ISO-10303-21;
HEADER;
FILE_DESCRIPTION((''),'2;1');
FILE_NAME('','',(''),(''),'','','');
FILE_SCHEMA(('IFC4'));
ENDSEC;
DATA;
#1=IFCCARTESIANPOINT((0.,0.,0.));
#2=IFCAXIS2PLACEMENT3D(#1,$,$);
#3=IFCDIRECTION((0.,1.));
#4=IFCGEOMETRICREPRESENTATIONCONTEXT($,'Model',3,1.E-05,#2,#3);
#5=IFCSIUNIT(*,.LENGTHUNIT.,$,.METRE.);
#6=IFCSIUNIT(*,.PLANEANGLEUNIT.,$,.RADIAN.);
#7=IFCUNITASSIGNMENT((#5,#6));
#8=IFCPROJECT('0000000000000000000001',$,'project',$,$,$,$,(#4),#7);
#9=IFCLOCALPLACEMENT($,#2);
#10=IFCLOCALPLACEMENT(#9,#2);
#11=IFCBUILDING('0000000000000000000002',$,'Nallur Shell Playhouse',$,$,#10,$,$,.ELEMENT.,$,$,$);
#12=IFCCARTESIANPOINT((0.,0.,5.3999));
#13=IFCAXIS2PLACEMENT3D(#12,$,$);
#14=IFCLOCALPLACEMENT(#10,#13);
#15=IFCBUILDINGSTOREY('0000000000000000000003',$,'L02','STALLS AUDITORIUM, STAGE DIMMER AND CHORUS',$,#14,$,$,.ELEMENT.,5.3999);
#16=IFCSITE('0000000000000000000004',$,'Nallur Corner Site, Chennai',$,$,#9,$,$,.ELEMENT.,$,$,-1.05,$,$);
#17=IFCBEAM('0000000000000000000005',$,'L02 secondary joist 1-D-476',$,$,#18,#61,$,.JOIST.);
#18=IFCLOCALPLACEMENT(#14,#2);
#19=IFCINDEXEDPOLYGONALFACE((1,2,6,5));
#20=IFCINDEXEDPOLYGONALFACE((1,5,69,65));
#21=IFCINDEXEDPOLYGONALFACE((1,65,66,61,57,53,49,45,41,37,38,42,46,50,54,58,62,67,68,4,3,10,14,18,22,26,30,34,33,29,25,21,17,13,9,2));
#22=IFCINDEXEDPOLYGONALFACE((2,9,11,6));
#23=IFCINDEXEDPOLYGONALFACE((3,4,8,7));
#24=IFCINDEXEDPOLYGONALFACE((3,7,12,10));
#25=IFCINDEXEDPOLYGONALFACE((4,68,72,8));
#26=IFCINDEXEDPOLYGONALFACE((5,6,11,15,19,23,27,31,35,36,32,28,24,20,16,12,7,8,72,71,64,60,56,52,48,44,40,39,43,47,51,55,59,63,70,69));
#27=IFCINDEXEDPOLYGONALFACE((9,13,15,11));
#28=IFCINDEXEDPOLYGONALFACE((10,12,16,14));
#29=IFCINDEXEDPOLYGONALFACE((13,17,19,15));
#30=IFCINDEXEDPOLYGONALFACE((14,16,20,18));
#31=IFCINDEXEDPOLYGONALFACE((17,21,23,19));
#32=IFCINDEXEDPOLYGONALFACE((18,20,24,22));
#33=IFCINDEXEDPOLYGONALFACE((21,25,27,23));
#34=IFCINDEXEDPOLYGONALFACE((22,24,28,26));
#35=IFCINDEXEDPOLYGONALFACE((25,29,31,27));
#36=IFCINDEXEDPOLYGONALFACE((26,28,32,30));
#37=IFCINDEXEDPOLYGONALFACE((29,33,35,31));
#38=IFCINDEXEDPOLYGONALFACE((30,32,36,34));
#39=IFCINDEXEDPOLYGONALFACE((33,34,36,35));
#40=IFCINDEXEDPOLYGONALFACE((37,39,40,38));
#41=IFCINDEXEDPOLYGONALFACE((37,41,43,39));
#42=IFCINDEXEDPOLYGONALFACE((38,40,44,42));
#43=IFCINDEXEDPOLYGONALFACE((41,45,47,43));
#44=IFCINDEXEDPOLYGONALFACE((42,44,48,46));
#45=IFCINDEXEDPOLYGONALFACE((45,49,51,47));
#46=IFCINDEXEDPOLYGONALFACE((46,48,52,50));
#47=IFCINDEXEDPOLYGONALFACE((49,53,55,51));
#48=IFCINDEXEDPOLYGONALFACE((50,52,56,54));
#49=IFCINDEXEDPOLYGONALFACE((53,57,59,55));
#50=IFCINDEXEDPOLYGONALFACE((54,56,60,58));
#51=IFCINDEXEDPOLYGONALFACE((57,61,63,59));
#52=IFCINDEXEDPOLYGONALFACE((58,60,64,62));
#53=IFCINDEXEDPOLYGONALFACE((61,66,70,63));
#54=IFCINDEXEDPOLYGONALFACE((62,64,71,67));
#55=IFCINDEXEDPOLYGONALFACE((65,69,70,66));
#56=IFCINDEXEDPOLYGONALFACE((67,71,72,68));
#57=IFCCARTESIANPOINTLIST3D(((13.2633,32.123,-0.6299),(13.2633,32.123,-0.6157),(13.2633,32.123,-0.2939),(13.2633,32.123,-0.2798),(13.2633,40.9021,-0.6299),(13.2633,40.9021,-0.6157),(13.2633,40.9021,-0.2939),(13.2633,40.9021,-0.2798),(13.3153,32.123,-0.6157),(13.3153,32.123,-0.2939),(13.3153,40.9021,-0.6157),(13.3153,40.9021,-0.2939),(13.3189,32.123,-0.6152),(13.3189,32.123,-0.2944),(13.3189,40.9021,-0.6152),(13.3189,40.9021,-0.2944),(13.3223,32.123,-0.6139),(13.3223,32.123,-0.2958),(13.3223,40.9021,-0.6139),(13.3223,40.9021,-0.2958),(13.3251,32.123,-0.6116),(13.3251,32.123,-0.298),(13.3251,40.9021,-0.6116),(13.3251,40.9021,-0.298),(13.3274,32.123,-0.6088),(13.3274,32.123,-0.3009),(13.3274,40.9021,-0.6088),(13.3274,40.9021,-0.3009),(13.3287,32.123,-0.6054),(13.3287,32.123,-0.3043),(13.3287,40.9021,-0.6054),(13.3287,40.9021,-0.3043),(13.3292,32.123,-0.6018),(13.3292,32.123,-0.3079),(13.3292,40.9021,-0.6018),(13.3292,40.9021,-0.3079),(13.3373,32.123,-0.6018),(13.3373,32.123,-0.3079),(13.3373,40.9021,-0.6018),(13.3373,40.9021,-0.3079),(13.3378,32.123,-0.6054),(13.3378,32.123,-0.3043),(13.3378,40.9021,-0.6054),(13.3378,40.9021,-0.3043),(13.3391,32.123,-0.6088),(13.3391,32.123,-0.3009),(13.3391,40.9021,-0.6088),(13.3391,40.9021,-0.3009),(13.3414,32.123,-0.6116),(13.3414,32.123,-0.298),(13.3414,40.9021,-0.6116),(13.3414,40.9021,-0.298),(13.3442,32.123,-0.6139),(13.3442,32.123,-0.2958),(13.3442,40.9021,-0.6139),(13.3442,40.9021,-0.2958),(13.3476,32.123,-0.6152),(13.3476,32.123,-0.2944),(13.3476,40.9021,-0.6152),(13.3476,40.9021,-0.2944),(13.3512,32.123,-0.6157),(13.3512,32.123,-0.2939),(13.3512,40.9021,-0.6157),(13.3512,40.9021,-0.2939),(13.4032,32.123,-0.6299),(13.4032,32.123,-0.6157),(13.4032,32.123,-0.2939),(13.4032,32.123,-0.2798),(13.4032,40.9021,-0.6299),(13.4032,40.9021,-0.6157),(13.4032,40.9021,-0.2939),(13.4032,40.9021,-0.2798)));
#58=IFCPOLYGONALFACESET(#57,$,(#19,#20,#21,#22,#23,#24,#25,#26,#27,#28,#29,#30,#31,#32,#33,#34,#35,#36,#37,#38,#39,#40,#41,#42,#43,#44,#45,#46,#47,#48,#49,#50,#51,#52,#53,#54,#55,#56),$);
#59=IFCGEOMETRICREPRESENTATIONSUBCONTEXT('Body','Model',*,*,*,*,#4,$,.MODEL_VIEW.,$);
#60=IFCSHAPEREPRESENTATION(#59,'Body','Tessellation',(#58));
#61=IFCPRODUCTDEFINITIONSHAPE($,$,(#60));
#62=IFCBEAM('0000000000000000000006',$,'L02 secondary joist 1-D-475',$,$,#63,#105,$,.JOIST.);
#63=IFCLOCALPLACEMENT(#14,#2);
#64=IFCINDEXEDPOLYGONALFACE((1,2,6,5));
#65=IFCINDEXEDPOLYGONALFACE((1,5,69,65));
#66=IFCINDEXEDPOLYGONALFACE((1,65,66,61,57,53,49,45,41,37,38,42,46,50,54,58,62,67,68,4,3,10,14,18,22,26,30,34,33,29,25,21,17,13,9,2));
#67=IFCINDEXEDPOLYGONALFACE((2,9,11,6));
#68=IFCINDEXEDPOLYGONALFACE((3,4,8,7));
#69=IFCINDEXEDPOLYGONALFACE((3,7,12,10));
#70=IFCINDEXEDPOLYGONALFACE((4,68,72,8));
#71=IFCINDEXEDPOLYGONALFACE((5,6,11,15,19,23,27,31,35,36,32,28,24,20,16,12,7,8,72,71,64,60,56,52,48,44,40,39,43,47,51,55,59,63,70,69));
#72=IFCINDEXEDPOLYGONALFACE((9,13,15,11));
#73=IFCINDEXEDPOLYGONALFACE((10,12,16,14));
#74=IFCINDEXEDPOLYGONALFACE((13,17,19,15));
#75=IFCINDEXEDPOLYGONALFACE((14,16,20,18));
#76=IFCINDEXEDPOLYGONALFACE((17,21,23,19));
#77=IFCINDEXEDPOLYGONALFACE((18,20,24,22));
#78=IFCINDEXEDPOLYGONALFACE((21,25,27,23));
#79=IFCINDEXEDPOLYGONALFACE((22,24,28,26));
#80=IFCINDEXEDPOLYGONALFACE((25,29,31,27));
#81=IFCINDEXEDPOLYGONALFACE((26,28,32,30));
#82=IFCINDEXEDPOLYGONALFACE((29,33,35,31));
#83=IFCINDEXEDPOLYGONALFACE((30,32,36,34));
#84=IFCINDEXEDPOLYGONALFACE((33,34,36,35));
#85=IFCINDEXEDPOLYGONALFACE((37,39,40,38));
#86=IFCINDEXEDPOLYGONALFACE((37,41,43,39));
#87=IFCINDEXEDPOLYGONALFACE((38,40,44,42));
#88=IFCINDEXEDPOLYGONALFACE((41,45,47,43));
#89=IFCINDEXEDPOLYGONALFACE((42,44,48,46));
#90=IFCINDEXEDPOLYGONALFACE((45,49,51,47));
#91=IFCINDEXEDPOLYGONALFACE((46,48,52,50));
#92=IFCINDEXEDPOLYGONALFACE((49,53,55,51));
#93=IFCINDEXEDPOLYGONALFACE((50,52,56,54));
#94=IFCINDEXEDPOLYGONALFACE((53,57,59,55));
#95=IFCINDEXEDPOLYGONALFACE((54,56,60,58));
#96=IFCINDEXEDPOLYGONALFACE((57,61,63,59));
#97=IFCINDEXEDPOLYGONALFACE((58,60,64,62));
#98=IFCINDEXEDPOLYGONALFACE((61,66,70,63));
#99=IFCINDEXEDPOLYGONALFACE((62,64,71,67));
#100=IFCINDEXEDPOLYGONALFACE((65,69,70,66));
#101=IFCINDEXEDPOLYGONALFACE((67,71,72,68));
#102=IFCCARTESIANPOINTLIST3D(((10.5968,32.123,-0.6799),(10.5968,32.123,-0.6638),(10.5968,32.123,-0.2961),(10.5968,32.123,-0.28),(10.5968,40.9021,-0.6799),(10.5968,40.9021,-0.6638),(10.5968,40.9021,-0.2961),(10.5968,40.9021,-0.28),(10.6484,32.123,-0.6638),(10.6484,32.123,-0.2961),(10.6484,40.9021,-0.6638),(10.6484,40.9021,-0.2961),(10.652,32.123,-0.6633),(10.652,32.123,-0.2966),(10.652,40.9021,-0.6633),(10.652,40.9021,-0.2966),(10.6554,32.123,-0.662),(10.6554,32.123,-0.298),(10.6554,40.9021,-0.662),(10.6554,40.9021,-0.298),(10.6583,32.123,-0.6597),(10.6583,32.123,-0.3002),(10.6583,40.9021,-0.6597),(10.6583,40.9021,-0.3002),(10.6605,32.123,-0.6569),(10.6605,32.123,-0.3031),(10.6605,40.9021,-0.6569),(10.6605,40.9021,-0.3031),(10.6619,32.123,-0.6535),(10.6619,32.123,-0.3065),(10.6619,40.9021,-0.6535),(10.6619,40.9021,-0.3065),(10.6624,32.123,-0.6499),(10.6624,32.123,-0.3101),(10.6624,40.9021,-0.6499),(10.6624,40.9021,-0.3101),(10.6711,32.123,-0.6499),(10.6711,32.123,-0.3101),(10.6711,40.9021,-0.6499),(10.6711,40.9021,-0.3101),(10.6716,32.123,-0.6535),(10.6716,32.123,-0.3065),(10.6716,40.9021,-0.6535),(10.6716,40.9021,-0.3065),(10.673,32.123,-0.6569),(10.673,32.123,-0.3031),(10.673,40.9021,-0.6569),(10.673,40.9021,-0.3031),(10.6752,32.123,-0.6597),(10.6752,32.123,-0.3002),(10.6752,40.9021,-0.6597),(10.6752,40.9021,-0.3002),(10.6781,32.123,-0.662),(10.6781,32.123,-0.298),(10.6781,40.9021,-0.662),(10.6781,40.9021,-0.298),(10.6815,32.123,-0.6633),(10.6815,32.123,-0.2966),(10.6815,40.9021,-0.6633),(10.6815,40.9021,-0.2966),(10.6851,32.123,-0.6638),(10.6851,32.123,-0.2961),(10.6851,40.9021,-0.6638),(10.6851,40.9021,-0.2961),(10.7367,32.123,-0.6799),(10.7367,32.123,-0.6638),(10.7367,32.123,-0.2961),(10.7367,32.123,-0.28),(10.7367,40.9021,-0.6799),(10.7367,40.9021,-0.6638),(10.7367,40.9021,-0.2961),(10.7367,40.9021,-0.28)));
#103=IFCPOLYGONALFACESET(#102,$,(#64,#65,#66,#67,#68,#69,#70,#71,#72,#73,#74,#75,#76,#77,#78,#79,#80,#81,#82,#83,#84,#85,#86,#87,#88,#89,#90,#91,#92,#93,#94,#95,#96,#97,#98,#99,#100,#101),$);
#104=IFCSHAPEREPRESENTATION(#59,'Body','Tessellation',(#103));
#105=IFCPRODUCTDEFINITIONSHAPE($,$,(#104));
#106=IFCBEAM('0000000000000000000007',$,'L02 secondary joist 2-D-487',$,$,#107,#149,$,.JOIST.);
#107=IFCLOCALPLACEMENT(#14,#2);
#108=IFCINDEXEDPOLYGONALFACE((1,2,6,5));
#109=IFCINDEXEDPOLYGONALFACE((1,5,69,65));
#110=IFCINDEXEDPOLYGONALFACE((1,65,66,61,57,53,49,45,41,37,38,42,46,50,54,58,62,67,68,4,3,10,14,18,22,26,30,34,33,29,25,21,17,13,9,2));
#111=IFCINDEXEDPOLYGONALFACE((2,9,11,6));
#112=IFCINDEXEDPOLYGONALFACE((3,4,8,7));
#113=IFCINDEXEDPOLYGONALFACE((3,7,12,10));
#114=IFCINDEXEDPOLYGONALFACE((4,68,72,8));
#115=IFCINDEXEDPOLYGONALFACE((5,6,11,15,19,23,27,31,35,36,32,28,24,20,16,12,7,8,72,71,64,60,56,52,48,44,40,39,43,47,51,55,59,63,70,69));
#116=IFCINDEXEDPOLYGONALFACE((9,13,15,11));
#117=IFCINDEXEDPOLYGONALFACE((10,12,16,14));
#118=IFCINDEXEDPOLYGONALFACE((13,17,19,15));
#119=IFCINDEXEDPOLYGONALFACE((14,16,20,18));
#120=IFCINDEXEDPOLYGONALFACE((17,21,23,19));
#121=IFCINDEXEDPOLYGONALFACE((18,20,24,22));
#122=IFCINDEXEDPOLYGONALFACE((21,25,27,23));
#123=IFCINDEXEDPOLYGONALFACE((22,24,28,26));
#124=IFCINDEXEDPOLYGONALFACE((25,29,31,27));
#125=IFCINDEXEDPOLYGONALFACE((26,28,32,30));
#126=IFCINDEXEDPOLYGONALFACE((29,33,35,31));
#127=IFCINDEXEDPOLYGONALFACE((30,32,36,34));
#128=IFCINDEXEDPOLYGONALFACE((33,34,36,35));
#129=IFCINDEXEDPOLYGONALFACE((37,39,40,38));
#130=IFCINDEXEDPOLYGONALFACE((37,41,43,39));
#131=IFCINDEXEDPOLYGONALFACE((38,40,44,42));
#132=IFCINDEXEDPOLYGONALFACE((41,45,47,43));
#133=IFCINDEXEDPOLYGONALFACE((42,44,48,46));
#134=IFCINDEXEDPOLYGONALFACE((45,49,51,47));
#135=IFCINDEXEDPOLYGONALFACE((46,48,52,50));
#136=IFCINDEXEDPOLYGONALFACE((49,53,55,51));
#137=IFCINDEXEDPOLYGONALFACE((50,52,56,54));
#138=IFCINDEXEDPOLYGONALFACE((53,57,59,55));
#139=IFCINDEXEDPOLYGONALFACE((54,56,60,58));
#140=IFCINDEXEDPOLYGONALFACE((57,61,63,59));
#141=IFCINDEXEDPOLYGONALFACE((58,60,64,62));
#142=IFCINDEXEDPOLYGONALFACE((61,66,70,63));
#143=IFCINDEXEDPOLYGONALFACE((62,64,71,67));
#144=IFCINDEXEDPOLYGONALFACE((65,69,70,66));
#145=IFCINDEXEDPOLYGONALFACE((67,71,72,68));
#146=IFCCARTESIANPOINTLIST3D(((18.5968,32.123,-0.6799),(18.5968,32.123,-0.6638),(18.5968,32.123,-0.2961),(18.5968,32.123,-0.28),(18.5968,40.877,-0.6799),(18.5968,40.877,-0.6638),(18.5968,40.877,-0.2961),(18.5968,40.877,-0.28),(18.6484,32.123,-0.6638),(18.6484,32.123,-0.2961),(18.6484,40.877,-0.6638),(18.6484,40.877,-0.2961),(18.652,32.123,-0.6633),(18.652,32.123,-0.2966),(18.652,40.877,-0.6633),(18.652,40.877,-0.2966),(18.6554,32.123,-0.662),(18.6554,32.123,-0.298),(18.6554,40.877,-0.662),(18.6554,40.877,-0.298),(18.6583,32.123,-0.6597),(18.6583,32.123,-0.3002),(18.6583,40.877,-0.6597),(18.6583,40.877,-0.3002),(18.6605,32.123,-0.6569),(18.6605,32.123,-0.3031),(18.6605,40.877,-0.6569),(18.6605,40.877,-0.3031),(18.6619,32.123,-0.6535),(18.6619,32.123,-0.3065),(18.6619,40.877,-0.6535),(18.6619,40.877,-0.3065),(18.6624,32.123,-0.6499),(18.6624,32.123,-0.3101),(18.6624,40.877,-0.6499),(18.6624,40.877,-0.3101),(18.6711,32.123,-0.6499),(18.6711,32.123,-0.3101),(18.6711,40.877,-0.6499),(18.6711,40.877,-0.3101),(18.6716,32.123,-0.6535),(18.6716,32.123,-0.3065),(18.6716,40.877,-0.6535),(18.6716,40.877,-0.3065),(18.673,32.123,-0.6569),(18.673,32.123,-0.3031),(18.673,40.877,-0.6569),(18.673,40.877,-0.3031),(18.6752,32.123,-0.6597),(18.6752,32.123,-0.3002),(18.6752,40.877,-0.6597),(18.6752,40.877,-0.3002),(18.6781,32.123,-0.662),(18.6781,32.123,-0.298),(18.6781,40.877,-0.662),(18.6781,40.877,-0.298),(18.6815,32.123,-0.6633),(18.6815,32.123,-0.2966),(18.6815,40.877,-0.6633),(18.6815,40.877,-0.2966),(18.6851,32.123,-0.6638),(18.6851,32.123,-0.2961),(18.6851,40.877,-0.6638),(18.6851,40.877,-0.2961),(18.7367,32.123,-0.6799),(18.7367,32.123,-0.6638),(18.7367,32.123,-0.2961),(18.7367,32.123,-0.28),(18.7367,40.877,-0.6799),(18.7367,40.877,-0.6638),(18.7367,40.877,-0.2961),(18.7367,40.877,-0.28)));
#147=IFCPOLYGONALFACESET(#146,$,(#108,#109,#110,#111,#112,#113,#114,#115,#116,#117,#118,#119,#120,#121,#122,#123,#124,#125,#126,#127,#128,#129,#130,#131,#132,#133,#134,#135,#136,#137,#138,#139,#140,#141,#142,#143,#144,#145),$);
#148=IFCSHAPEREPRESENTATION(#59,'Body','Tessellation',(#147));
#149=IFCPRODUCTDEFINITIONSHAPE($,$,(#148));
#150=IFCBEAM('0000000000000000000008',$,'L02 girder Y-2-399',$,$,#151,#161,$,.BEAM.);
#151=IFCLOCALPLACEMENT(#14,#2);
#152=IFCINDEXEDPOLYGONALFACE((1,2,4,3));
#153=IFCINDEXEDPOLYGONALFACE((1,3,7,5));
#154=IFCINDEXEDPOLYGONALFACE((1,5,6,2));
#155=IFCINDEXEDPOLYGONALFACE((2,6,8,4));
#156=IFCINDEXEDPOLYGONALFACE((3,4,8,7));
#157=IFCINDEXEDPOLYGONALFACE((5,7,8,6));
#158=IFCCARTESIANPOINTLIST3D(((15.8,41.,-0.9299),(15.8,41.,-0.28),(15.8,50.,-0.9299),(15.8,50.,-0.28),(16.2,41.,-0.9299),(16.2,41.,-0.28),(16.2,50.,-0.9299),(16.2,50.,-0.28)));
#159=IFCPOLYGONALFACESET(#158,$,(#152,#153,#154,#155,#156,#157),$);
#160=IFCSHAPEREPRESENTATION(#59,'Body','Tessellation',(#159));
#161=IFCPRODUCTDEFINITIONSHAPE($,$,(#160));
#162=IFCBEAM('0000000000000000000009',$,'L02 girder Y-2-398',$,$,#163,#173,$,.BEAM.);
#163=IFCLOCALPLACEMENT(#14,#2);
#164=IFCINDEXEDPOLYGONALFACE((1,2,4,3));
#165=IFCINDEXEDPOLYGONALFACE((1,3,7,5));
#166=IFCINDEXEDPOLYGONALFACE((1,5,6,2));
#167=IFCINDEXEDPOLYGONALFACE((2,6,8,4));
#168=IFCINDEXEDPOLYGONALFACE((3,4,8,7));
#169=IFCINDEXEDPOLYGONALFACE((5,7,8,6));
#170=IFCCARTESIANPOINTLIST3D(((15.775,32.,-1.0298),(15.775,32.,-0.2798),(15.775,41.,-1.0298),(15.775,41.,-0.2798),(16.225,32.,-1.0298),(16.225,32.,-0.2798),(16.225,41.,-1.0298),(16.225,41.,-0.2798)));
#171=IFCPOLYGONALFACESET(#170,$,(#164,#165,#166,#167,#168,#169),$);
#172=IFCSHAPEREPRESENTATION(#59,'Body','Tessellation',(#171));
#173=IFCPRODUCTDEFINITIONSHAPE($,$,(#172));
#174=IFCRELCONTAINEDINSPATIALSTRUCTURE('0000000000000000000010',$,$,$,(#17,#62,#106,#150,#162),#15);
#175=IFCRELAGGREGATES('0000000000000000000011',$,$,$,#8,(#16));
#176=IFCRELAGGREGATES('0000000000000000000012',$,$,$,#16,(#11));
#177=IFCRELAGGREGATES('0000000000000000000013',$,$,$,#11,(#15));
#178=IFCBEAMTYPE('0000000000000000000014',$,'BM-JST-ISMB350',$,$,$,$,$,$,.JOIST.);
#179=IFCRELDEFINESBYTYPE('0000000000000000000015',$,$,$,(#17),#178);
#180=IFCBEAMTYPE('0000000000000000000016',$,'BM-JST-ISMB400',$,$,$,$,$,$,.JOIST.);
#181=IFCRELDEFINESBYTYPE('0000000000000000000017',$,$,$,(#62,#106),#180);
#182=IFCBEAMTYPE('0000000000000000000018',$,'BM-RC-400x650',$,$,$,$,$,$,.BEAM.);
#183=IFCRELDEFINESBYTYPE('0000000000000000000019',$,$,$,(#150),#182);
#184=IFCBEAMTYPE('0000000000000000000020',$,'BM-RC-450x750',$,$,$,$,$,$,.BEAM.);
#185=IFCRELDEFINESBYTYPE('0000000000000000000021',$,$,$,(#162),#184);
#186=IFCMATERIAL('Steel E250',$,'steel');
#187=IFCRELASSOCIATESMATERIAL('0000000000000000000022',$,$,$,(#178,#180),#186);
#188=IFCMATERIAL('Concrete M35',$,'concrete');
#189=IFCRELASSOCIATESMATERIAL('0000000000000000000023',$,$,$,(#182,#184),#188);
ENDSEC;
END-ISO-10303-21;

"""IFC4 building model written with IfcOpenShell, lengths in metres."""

from ifc_helpers import new_model, si_unit, direction, frame, origin, origin_2d, place, context, subcontext, project, spatial, rectangle, i_section, extrude, material, material_profile, profile_set, type_object, element, save


model = new_model("IFC4")

# Units and contexts
model_context = context("Model", 3, precision=1e-05, world=origin(), true_north=direction((0.0, 1.0)))
body_context = subcontext(model_context, "Body", "Model", "MODEL_VIEW")
ifc_project = project(units=[si_unit("LENGTHUNIT", "METRE"), si_unit("PLANEANGLEUNIT", "RADIAN")], contexts=[model_context])

# Site, building, storey
site_placement = place(None, origin())
site = spatial("IfcSite", under=ifc_project, at=site_placement, Name="Nallur Corner Site, Chennai", CompositionType="ELEMENT", RefElevation=-1.05)
building_placement = place(site_placement, origin())
building = spatial("IfcBuilding", under=site, at=building_placement, Name="Nallur Shell Playhouse", CompositionType="ELEMENT")
storey_placement = place(building_placement, frame((0.0, 0.0, 5.3999)))
storey = spatial("IfcBuildingStorey", under=building, at=storey_placement, Name="L02", Description="STALLS AUDITORIUM, STAGE DIMMER AND CHORUS", CompositionType="ELEMENT", Elevation=5.3999)

# Beams
ifc_material_1 = material(Name="Steel E250", Category="steel")
ifc_material_profile_1 = material_profile(ifc_material_1, i_section(OverallWidth=0.1399, OverallDepth=0.3501, WebThickness=0.0081, FlangeThickness=0.0142, FilletRadius=0.0139, at=origin_2d()), Name="ISMB 350")
ifc_profile_set_1 = profile_set([ifc_material_profile_1], Name="Steel E250")
beam_type_1 = type_object("IfcBeamType", Name="BM-JST-ISMB350", PredefinedType="JOIST", material=ifc_profile_set_1)
beam_1_placement = place(storey_placement, frame((13.3333, 32.123, -0.4548), z_axis=(0.0, 1.0, 0.0), x_axis=(-1.0, 0.0, 0.0)))
element("IfcBeam", 1, at=beam_1_placement, inside=storey, type_object=beam_type_1, Name="L02 secondary joist 1-D-476", PredefinedType="JOIST", context=body_context, shape_type="SweptSolid", body=[
    extrude(i_section(OverallWidth=0.1399, OverallDepth=0.3501, WebThickness=0.0081, FlangeThickness=0.0142, FilletRadius=0.0139, at=origin_2d()), origin(), (0.0, 0.0, 1.0), 8.7791),
])
ifc_material_profile_2 = material_profile(ifc_material_1, i_section(OverallWidth=0.1399, OverallDepth=0.3999, WebThickness=0.0088, FlangeThickness=0.0161, FilletRadius=0.0139, at=origin_2d()), Name="ISMB 400")
ifc_profile_set_2 = profile_set([ifc_material_profile_2], Name="Steel E250")
beam_type_2 = type_object("IfcBeamType", Name="BM-JST-ISMB400", PredefinedType="JOIST", material=ifc_profile_set_2)
beam_2_placement = place(storey_placement, frame((10.6667, 32.123, -0.48), z_axis=(0.0, 1.0, 0.0), x_axis=(-1.0, 0.0, 0.0)))
element("IfcBeam", 2, at=beam_2_placement, inside=storey, type_object=beam_type_2, Name="L02 secondary joist 1-D-475", PredefinedType="JOIST", context=body_context, shape_type="SweptSolid", body=[
    extrude(i_section(OverallWidth=0.1399, OverallDepth=0.3999, WebThickness=0.0088, FlangeThickness=0.0161, FilletRadius=0.0139, at=origin_2d()), origin(), (0.0, 0.0, 1.0), 8.7791),
])
beam_3_placement = place(storey_placement, frame((18.6667, 32.123, -0.48), z_axis=(0.0, 1.0, 0.0), x_axis=(-1.0, 0.0, 0.0)))
element("IfcBeam", 3, at=beam_3_placement, inside=storey, type_object=beam_type_2, Name="L02 secondary joist 2-D-487", PredefinedType="JOIST", context=body_context, shape_type="SweptSolid", body=[
    extrude(i_section(OverallWidth=0.1399, OverallDepth=0.3999, WebThickness=0.0088, FlangeThickness=0.0161, FilletRadius=0.0139, at=origin_2d()), origin(), (0.0, 0.0, 1.0), 8.7539),
])
ifc_material_2 = material(Name="Concrete M35", Category="concrete")
ifc_material_profile_3 = material_profile(ifc_material_2, rectangle(XDim=0.3999, YDim=0.6499, at=origin_2d()), Name="RC 400x650")
ifc_profile_set_3 = profile_set([ifc_material_profile_3], Name="Concrete M35")
beam_type_3 = type_object("IfcBeamType", Name="BM-RC-400x650", PredefinedType="BEAM", material=ifc_profile_set_3)
beam_4_placement = place(storey_placement, frame((16.0, 41.0, -0.605), z_axis=(0.0, 1.0, 0.0), x_axis=(-1.0, 0.0, 0.0)))
element("IfcBeam", 4, at=beam_4_placement, inside=storey, type_object=beam_type_3, Name="L02 girder Y-2-399", PredefinedType="BEAM", context=body_context, shape_type="SweptSolid", body=[
    extrude(rectangle(XDim=0.3999, YDim=0.6499, at=origin_2d()), origin(), (0.0, 0.0, 1.0), 9.0),
])
ifc_material_profile_4 = material_profile(ifc_material_2, rectangle(XDim=0.45, YDim=0.75, at=origin_2d()), Name="RC 450x750")
ifc_profile_set_4 = profile_set([ifc_material_profile_4], Name="Concrete M35")
beam_type_4 = type_object("IfcBeamType", Name="BM-RC-450x750", PredefinedType="BEAM", material=ifc_profile_set_4)
beam_5_placement = place(storey_placement, frame((16.0, 32.0, -0.6548), z_axis=(0.0, 1.0, 0.0), x_axis=(-1.0, 0.0, 0.0)))
element("IfcBeam", 5, at=beam_5_placement, inside=storey, type_object=beam_type_4, Name="L02 girder Y-2-398", PredefinedType="BEAM", context=body_context, shape_type="SweptSolid", body=[
    extrude(rectangle(XDim=0.45, YDim=0.75, at=origin_2d()), origin(), (0.0, 0.0, 1.0), 9.0),
])

save(model, "model.ifc")
